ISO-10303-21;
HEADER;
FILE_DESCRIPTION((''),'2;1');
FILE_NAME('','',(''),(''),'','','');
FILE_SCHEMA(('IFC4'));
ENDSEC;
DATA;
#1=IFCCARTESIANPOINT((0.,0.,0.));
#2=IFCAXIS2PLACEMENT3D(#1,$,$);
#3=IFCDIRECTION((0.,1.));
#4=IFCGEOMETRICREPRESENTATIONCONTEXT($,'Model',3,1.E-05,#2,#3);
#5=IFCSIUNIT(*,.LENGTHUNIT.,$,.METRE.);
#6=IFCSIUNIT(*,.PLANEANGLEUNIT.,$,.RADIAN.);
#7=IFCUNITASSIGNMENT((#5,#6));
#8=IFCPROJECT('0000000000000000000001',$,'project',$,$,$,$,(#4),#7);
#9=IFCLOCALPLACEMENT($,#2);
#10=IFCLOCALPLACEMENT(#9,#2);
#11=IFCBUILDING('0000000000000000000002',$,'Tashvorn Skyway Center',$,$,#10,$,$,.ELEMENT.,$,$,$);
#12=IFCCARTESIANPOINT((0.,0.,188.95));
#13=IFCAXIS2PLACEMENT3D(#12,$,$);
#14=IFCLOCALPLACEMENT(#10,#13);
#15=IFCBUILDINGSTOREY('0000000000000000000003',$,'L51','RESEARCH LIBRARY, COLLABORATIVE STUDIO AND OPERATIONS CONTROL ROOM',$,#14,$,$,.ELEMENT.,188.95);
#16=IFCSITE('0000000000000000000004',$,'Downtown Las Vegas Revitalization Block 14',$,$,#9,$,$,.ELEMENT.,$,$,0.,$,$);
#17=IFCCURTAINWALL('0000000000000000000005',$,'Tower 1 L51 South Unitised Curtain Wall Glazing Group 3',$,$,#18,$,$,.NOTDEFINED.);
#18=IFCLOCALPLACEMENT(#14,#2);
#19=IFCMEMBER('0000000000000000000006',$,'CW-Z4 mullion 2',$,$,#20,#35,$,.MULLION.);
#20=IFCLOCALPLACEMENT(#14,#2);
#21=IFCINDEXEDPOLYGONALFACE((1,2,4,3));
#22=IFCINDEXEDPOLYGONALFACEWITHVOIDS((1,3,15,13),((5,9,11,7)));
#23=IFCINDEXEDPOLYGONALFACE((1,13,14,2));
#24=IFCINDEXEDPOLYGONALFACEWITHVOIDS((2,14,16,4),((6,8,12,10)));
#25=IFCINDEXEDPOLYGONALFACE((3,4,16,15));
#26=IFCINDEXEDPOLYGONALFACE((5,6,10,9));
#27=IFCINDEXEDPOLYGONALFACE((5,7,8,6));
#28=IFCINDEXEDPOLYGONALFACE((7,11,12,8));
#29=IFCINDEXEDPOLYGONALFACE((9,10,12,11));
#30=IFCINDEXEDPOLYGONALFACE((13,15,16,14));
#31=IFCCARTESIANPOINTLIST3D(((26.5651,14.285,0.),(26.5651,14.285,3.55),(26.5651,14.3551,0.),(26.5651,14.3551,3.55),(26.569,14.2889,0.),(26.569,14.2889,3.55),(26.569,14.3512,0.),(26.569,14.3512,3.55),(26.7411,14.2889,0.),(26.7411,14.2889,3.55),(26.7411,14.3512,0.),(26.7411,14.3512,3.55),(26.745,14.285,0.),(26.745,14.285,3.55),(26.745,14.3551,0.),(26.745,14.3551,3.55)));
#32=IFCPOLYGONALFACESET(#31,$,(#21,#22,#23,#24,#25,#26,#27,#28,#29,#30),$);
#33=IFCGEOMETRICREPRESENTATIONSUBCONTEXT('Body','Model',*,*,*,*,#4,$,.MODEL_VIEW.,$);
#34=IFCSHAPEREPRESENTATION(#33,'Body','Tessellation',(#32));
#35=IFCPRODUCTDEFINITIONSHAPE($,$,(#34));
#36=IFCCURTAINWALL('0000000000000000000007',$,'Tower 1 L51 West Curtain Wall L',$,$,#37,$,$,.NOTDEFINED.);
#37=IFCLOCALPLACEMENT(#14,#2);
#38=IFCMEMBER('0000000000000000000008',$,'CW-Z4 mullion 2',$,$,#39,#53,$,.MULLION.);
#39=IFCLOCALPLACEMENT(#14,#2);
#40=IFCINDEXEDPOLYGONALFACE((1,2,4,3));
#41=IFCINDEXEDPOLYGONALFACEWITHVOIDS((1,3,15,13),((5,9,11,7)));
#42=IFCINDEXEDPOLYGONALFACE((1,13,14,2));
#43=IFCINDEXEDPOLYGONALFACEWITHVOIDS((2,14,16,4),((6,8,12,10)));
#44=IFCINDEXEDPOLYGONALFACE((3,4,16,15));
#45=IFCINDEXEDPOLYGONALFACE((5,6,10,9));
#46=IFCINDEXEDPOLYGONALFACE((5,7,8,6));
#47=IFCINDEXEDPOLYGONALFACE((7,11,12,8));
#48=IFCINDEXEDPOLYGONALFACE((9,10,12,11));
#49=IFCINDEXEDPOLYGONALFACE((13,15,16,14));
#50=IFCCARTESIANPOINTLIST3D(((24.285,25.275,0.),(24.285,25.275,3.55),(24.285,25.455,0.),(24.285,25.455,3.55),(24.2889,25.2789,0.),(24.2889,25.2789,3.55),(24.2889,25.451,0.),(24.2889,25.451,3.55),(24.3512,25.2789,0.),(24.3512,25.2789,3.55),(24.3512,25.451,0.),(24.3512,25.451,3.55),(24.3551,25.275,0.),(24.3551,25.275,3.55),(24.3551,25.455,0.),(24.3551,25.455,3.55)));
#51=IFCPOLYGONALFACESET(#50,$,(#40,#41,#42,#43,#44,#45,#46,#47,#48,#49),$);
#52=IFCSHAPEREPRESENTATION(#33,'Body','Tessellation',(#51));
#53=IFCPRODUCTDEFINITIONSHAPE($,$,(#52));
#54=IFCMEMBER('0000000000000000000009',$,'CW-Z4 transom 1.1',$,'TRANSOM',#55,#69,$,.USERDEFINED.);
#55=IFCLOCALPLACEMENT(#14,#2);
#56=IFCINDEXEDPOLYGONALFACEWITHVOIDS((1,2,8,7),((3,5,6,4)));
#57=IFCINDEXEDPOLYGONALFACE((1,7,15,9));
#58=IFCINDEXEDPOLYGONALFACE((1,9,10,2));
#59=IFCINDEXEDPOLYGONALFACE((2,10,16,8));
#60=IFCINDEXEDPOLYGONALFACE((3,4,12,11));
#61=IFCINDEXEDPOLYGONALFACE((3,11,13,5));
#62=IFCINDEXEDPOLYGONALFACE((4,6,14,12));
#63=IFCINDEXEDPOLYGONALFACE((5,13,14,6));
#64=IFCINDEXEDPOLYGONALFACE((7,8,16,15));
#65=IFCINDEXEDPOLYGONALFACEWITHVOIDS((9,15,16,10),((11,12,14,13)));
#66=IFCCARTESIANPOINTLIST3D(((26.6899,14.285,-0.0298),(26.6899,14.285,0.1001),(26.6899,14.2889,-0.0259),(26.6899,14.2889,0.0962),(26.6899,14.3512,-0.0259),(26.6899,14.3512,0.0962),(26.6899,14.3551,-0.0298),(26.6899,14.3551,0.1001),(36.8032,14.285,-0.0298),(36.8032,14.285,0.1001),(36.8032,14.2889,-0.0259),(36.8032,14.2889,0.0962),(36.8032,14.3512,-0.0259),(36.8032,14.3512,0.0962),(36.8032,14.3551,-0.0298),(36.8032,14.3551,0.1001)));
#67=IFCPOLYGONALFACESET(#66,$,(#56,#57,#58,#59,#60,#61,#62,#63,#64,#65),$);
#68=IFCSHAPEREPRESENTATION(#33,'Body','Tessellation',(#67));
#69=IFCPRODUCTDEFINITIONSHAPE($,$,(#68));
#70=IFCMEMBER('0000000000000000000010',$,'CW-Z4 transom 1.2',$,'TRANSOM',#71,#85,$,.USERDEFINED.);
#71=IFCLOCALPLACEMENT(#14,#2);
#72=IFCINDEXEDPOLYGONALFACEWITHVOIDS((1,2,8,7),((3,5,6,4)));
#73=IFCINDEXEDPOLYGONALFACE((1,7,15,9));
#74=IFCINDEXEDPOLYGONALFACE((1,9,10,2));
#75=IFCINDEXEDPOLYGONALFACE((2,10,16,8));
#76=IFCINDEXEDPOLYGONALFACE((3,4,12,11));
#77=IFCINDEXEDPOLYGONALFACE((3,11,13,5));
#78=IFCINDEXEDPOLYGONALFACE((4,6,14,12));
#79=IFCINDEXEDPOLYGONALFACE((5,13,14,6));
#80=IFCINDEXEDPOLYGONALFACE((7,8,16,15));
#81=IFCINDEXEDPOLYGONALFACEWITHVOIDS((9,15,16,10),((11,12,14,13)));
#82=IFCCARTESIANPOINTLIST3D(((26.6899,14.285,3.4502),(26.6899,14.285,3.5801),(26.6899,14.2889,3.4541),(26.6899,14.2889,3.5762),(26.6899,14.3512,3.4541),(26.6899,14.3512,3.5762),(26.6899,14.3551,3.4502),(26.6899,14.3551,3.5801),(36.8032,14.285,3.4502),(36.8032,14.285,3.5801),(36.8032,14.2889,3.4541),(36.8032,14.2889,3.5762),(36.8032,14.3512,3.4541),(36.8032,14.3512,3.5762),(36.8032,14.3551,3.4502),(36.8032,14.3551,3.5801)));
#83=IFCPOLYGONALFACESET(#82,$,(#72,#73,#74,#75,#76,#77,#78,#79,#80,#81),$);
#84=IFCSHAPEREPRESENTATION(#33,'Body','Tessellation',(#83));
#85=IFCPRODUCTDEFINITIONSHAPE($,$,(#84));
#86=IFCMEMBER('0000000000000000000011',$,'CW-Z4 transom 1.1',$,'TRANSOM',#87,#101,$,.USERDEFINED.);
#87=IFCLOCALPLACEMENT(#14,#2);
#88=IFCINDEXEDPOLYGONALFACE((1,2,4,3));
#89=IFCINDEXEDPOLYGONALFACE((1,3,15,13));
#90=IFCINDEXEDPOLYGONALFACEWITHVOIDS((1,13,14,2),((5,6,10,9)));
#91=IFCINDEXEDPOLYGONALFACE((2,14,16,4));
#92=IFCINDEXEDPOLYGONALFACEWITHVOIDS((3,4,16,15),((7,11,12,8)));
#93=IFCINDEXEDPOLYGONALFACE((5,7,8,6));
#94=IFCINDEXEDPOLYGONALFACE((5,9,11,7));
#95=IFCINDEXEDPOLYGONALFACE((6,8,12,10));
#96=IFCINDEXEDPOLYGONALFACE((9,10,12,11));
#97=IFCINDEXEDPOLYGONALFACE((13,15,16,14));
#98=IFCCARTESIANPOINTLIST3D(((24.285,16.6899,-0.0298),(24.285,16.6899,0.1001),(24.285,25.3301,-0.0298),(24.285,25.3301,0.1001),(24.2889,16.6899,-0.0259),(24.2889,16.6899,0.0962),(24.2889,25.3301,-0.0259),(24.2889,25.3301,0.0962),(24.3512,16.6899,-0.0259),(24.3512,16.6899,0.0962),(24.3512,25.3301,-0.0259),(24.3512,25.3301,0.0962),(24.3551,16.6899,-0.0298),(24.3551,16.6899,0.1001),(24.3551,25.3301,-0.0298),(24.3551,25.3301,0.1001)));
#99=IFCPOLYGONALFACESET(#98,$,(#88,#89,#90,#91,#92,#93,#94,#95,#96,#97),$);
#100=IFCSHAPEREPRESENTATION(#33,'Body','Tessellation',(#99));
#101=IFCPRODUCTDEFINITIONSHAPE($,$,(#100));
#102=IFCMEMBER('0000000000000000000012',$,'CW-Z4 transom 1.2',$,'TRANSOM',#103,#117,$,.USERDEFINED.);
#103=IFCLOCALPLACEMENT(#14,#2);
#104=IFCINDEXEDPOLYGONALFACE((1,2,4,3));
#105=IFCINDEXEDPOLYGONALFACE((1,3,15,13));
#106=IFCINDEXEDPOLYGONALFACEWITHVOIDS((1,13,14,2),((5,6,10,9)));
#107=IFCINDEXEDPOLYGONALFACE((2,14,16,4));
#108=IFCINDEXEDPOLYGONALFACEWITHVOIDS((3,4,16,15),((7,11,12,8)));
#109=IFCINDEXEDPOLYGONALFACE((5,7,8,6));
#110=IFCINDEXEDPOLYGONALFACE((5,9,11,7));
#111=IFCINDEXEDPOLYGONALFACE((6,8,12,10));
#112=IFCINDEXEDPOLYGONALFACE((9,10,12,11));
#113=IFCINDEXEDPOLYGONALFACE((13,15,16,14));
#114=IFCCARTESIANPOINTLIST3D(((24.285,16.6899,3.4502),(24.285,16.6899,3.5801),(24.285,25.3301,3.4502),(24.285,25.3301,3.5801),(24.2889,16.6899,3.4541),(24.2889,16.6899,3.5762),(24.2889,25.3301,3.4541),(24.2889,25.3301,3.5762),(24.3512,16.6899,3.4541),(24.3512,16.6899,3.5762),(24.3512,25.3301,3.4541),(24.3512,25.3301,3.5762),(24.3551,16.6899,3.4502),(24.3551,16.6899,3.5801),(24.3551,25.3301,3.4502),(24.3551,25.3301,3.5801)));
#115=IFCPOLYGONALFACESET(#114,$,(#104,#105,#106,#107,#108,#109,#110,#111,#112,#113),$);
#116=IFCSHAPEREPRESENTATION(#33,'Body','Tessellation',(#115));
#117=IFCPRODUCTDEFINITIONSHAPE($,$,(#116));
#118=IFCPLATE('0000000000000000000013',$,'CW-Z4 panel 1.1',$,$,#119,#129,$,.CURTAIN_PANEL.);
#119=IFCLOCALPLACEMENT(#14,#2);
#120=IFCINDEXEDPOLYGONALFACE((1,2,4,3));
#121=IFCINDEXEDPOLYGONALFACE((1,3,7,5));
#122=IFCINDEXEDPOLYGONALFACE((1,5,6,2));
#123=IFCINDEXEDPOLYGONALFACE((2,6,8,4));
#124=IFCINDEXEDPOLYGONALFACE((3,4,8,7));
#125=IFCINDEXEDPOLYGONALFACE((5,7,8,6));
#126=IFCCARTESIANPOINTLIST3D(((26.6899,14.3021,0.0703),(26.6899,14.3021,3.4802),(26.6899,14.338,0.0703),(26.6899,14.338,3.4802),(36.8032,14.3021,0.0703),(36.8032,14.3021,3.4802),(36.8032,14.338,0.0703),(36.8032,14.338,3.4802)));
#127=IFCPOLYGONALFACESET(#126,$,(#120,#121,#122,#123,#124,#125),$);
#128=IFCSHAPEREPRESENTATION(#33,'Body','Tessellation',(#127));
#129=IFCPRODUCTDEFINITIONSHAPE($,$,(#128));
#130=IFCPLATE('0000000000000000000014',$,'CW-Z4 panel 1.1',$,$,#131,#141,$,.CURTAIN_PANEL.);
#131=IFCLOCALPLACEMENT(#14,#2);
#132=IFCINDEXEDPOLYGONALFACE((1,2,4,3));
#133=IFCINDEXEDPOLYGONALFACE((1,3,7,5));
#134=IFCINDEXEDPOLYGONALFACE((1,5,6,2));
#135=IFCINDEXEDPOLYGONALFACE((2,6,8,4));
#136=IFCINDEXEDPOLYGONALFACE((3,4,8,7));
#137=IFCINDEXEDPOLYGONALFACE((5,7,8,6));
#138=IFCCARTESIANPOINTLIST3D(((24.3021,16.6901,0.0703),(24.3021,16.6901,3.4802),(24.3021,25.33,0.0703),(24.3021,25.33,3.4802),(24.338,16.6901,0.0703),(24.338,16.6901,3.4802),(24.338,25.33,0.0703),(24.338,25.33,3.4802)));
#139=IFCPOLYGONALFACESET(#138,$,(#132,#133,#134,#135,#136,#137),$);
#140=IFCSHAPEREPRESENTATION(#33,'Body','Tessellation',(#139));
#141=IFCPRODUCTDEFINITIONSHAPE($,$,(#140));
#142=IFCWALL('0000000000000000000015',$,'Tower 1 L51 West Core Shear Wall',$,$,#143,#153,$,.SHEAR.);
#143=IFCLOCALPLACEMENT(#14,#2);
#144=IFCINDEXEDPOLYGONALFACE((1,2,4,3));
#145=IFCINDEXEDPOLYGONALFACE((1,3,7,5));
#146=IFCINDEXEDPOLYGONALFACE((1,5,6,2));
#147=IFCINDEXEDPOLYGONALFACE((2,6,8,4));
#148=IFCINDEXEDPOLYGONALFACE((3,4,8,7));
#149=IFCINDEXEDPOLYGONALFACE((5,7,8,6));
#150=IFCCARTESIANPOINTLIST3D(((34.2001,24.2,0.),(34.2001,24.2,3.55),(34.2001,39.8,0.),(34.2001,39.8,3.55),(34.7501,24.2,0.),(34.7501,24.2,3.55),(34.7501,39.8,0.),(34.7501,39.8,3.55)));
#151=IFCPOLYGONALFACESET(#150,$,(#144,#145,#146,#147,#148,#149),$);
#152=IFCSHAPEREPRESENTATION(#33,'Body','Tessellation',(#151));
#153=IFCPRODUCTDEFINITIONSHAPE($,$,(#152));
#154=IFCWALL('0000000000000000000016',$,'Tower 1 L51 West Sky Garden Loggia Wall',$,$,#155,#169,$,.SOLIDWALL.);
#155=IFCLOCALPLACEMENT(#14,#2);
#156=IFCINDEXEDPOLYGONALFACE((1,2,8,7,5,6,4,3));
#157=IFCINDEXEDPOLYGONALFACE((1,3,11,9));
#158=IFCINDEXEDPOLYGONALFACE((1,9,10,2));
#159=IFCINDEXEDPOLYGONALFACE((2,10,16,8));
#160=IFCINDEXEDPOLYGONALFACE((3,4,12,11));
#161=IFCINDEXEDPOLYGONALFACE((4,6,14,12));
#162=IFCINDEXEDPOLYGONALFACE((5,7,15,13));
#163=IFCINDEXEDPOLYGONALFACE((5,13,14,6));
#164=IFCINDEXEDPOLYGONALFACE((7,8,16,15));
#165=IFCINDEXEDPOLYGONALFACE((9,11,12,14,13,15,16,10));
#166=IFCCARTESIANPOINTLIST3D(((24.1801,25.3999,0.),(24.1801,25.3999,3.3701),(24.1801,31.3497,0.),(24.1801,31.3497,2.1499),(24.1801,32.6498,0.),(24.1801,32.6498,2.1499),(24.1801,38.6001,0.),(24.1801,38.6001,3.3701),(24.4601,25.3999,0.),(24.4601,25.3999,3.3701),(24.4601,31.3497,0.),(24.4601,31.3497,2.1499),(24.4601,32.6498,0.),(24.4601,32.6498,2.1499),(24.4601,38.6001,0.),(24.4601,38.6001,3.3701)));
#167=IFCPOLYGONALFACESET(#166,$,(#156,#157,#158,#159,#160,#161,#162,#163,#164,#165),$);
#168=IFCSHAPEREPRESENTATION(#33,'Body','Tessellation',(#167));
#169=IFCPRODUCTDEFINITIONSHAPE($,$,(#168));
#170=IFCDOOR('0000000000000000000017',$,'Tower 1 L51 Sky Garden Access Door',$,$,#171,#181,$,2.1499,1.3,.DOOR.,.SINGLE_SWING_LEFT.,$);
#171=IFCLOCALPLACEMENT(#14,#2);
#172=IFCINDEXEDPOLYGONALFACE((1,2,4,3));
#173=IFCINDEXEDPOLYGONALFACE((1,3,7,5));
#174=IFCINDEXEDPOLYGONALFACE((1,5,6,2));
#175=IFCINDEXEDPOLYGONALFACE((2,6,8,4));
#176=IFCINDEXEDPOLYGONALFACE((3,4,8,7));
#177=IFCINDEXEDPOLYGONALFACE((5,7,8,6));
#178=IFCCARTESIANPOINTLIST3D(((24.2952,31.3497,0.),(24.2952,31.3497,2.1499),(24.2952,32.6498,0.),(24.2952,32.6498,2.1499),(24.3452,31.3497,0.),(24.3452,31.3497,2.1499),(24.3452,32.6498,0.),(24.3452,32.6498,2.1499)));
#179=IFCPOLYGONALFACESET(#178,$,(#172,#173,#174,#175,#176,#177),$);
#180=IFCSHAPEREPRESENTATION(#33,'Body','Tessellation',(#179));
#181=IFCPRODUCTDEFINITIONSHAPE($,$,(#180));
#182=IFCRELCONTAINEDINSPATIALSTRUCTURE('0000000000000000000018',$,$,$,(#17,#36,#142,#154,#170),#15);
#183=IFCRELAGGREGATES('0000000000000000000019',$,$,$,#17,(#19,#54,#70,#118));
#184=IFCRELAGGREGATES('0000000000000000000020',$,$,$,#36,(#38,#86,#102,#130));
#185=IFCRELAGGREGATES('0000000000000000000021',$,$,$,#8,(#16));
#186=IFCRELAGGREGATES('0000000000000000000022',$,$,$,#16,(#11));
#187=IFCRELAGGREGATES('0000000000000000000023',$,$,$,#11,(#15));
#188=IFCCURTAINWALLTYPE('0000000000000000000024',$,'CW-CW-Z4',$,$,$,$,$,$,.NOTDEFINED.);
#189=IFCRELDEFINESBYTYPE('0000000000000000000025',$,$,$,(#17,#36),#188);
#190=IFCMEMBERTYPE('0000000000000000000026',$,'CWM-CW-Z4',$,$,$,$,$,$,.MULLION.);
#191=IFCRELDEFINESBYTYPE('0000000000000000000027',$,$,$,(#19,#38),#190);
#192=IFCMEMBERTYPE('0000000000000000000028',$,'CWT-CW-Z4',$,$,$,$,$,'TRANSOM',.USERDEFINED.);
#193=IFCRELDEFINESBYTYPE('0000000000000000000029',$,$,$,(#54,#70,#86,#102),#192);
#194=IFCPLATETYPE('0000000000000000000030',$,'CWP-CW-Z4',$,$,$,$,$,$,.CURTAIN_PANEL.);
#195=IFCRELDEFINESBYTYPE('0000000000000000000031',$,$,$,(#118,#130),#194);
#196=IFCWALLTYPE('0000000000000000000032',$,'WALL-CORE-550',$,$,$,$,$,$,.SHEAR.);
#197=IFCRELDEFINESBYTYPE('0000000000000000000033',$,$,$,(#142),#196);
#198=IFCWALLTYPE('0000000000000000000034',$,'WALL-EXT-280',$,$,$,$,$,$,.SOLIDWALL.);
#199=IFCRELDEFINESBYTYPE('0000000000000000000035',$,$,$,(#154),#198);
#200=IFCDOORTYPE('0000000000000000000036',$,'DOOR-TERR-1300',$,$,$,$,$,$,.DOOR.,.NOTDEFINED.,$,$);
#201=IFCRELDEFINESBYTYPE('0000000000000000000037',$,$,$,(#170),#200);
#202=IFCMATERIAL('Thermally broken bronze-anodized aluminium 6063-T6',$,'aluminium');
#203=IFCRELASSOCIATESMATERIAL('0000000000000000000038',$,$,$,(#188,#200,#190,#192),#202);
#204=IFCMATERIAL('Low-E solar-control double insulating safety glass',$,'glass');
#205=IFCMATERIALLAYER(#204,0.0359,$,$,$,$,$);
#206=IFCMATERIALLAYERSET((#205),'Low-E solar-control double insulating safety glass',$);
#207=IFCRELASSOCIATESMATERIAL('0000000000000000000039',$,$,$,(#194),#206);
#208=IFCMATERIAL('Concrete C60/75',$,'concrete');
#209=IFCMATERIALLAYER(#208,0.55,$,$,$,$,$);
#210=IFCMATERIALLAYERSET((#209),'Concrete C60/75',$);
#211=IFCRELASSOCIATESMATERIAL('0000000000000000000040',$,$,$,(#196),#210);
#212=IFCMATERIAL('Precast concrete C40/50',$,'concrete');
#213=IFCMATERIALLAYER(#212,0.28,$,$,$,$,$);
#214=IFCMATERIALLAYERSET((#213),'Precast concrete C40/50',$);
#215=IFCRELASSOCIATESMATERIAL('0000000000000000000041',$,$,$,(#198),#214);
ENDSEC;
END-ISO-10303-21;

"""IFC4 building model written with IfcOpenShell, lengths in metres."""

from ifc_helpers import new_model, si_unit, direction, frame, frame_2d, origin, origin_2d, place, context, subcontext, project, spatial, rectangle, hollow_rectangle, extrude, material, layer, layer_set, material_profile, profile_set, type_object, element, fill, aggregate, save


model = new_model("IFC4")

# Units and contexts
model_context = context("Model", 3, precision=1e-05, world=origin(), true_north=direction((0.0, 1.0)))
body_context = subcontext(model_context, "Body", "Model", "MODEL_VIEW")
ifc_project = project(units=[si_unit("LENGTHUNIT", "METRE"), si_unit("PLANEANGLEUNIT", "RADIAN")], contexts=[model_context])

# Site, building, storey
site_placement = place(None, origin())
site = spatial("IfcSite", under=ifc_project, at=site_placement, Name="Downtown Las Vegas Revitalization Block 14", CompositionType="ELEMENT", RefElevation=0.0)
building_placement = place(site_placement, origin())
building = spatial("IfcBuilding", under=site, at=building_placement, Name="Tashvorn Skyway Center", CompositionType="ELEMENT")
storey_placement = place(building_placement, frame((0.0, 0.0, 188.95)))
storey = spatial("IfcBuildingStorey", under=building, at=storey_placement, Name="L51", Description="RESEARCH LIBRARY, COLLABORATIVE STUDIO AND OPERATIONS CONTROL ROOM", CompositionType="ELEMENT", Elevation=188.95)

# Curtain walls, members
ifc_material_1 = material(Name="Thermally broken bronze-anodized aluminium 6063-T6", Category="aluminium")
curtain_wall_type = type_object("IfcCurtainWallType", Name="CW-CW-Z4", PredefinedType="NOTDEFINED", material=ifc_material_1)
curtain_wall_1_placement = place(storey_placement, origin())
curtain_wall_1 = element("IfcCurtainWall", 1, at=curtain_wall_1_placement, inside=storey, type_object=curtain_wall_type, Name="Tower 1 L51 South Unitised Curtain Wall Glazing Group 3", PredefinedType="NOTDEFINED")
ifc_material_profile_1 = material_profile(ifc_material_1, hollow_rectangle(XDim=0.0701, YDim=0.1799, WallThickness=0.0039, at=origin_2d()), Name="ALU-MULL-70x180")
ifc_profile_set_1 = profile_set([ifc_material_profile_1], Name="Thermally broken bronze-anodized aluminium 6063-T6")
member_type_1 = type_object("IfcMemberType", Name="CWM-CW-Z4", PredefinedType="MULLION", material=ifc_profile_set_1)
member_1_placement = place(storey_placement, frame((26.655, 14.3201, 0.0), z_axis=(0.0, 0.0, 1.0), x_axis=(0.0, -1.0, 0.0)))
member_1 = element("IfcMember", 2, at=member_1_placement, type_object=member_type_1, Name="CW-Z4 mullion 2", PredefinedType="MULLION", context=body_context, shape_type="SweptSolid", body=[
    extrude(hollow_rectangle(XDim=0.0701, YDim=0.1799, WallThickness=0.0039, at=origin_2d()), origin(), (0.0, 0.0, 1.0), 3.55),
])
curtain_wall_2_placement = place(storey_placement, origin())
curtain_wall_2 = element("IfcCurtainWall", 3, at=curtain_wall_2_placement, inside=storey, type_object=curtain_wall_type, Name="Tower 1 L51 West Curtain Wall L", PredefinedType="NOTDEFINED")
member_2_placement = place(storey_placement, frame((24.3201, 25.365, 0.0), z_axis=(0.0, 0.0, 1.0), x_axis=(-1.0, 0.0, 0.0)))
member_2 = element("IfcMember", 4, at=member_2_placement, type_object=member_type_1, Name="CW-Z4 mullion 2", PredefinedType="MULLION", context=body_context, shape_type="SweptSolid", body=[
    extrude(hollow_rectangle(XDim=0.0701, YDim=0.1799, WallThickness=0.0039, at=origin_2d()), origin(), (0.0, 0.0, 1.0), 3.55),
])

# Members
ifc_material_profile_2 = material_profile(ifc_material_1, hollow_rectangle(XDim=0.0701, YDim=0.1299, WallThickness=0.0039, at=origin_2d()), Name="ALU-TRAN-70x130")
ifc_profile_set_2 = profile_set([ifc_material_profile_2], Name="Thermally broken bronze-anodized aluminium 6063-T6")
member_type_2 = type_object("IfcMemberType", Name="CWT-CW-Z4", ElementType="TRANSOM", PredefinedType="USERDEFINED", material=ifc_profile_set_2)
member_3_placement = place(storey_placement, frame((36.8032, 14.3201, 0.0352), z_axis=(-1.0, 0.0, 0.0), x_axis=(0.0, -1.0, 0.0)))
member_3 = element("IfcMember", 5, at=member_3_placement, type_object=member_type_2, Name="CW-Z4 transom 1.1", ObjectType="TRANSOM", PredefinedType="USERDEFINED", context=body_context, shape_type="SweptSolid", body=[
    extrude(hollow_rectangle(XDim=0.0701, YDim=0.1299, WallThickness=0.0039, at=origin_2d()), origin(), (0.0, 0.0, 1.0), 10.1133),
])
member_4_placement = place(storey_placement, frame((36.8032, 14.3201, 3.5151), z_axis=(-1.0, 0.0, 0.0), x_axis=(0.0, -1.0, 0.0)))
member_4 = element("IfcMember", 6, at=member_4_placement, type_object=member_type_2, Name="CW-Z4 transom 1.2", ObjectType="TRANSOM", PredefinedType="USERDEFINED", context=body_context, shape_type="SweptSolid", body=[
    extrude(hollow_rectangle(XDim=0.0701, YDim=0.1299, WallThickness=0.0039, at=origin_2d()), origin(), (0.0, 0.0, 1.0), 10.1133),
])
member_5_placement = place(storey_placement, frame((24.3201, 16.6899, 0.0352), z_axis=(0.0, 1.0, 0.0), x_axis=(-1.0, 0.0, 0.0)))
member_5 = element("IfcMember", 7, at=member_5_placement, type_object=member_type_2, Name="CW-Z4 transom 1.1", ObjectType="TRANSOM", PredefinedType="USERDEFINED", context=body_context, shape_type="SweptSolid", body=[
    extrude(hollow_rectangle(XDim=0.0701, YDim=0.1299, WallThickness=0.0039, at=origin_2d()), origin(), (0.0, 0.0, 1.0), 8.6401),
])
member_6_placement = place(storey_placement, frame((24.3201, 16.6899, 3.5151), z_axis=(0.0, 1.0, 0.0), x_axis=(-1.0, 0.0, 0.0)))
member_6 = element("IfcMember", 8, at=member_6_placement, type_object=member_type_2, Name="CW-Z4 transom 1.2", ObjectType="TRANSOM", PredefinedType="USERDEFINED", context=body_context, shape_type="SweptSolid", body=[
    extrude(hollow_rectangle(XDim=0.0701, YDim=0.1299, WallThickness=0.0039, at=origin_2d()), origin(), (0.0, 0.0, 1.0), 8.6401),
])

# Plates
ifc_material_2 = material(Name="Low-E solar-control double insulating safety glass", Category="glass")
ifc_layer_1 = layer(ifc_material_2, 0.0359)
ifc_layer_set_1 = layer_set([ifc_layer_1], Name="Low-E solar-control double insulating safety glass")
plate_type = type_object("IfcPlateType", Name="CWP-CW-Z4", PredefinedType="CURTAIN_PANEL", material=ifc_layer_set_1)
plate_1_placement = place(storey_placement, frame((31.7466, 14.3201, 0.0703), z_axis=(0.0, 0.0, 1.0), x_axis=(-1.0, 0.0, 0.0)))
plate_1 = element("IfcPlate", 9, at=plate_1_placement, type_object=plate_type, Name="CW-Z4 panel 1.1", PredefinedType="CURTAIN_PANEL", context=body_context, shape_type="SweptSolid", body=[
    extrude(rectangle(XDim=10.1133, YDim=0.0359, at=origin_2d()), origin(), (0.0, 0.0, 1.0), 3.4099),
])
aggregate(curtain_wall_1, [member_1, member_3, member_4, plate_1])
plate_2_placement = place(storey_placement, frame((24.3201, 21.01, 0.0703), z_axis=(0.0, 0.0, 1.0), x_axis=(0.0, 1.0, 0.0)))
plate_2 = element("IfcPlate", 10, at=plate_2_placement, type_object=plate_type, Name="CW-Z4 panel 1.1", PredefinedType="CURTAIN_PANEL", context=body_context, shape_type="SweptSolid", body=[
    extrude(rectangle(XDim=8.6399, YDim=0.0359, at=origin_2d()), origin(), (0.0, 0.0, 1.0), 3.4099),
])
aggregate(curtain_wall_2, [member_2, member_5, member_6, plate_2])

# Wall
ifc_material_3 = material(Name="Concrete C60/75", Category="concrete")
ifc_layer_2 = layer(ifc_material_3, 0.55)
ifc_layer_set_2 = layer_set([ifc_layer_2], Name="Concrete C60/75")
wall_type_1 = type_object("IfcWallType", Name="WALL-CORE-550", PredefinedType="SHEAR", material=ifc_layer_set_2)
wall_1_placement = place(storey_placement, frame((34.4751, 24.2, 0.0), z_axis=(0.0, 0.0, 1.0), x_axis=(0.0, 1.0, 0.0)))
element("IfcWall", 11, at=wall_1_placement, inside=storey, type_object=wall_type_1, Name="Tower 1 L51 West Core Shear Wall", PredefinedType="SHEAR", context=body_context, shape_type="SweptSolid", body=[
    extrude(rectangle(XDim=15.6001, YDim=0.55, at=frame_2d((7.8, 0.0))), origin(), (0.0, 0.0, 1.0), 3.55),
])

# Wall, opening, door
ifc_material_4 = material(Name="Precast concrete C40/50", Category="concrete")
ifc_layer_3 = layer(ifc_material_4, 0.28)
ifc_layer_set_3 = layer_set([ifc_layer_3], Name="Precast concrete C40/50")
wall_type_2 = type_object("IfcWallType", Name="WALL-EXT-280", PredefinedType="SOLIDWALL", material=ifc_layer_set_3)
wall_2_placement = place(storey_placement, frame((24.3201, 25.3999, 0.0), z_axis=(0.0, 0.0, 1.0), x_axis=(0.0, 1.0, 0.0)))
wall_2 = element("IfcWall", 12, at=wall_2_placement, inside=storey, type_object=wall_type_2, Name="Tower 1 L51 West Sky Garden Loggia Wall", PredefinedType="SOLIDWALL", context=body_context, shape_type="SweptSolid", body=[
    extrude(rectangle(XDim=13.2002, YDim=0.28, at=frame_2d((6.6001, 0.0))), origin(), (0.0, 0.0, 1.0), 3.3701),
])
opening_1_placement = place(wall_2_placement, frame((5.95, 0.0, 0.0)))
opening_1 = element("IfcOpeningElement", 13, at=opening_1_placement, cuts=wall_2, PredefinedType="OPENING", context=body_context, shape_type="SweptSolid", body=[
    extrude(rectangle(XDim=1.3, YDim=2.1499, at=frame_2d((0.6499, 1.075))), frame((0.0, 0.1499, 0.0), z_axis=(0.0, -1.0, 0.0), x_axis=(1.0, 0.0, 0.0)), (0.0, 0.0, 1.0), 0.3),
])
door_type_1 = type_object("IfcDoorType", Name="DOOR-TERR-1300", OperationType="NOTDEFINED", PredefinedType="DOOR", material=ifc_material_1)
door_1_placement = place(opening_1_placement, origin())
door_1 = element("IfcDoor", 14, at=door_1_placement, inside=storey, type_object=door_type_1, Name="Tower 1 L51 Sky Garden Access Door", OperationType="SINGLE_SWING_LEFT", OverallHeight=2.1499, OverallWidth=1.3, PredefinedType="DOOR", context=body_context, shape_type="SweptSolid", body=[
    extrude(rectangle(XDim=1.3, YDim=2.1499, at=frame_2d((0.6499, 1.075))), frame((0.0, 0.0249, 0.0), z_axis=(0.0, -1.0, 0.0), x_axis=(1.0, 0.0, 0.0)), (0.0, 0.0, 1.0), 0.05),
])
fill(opening_1, door_1)

save(model, "model.ifc")
